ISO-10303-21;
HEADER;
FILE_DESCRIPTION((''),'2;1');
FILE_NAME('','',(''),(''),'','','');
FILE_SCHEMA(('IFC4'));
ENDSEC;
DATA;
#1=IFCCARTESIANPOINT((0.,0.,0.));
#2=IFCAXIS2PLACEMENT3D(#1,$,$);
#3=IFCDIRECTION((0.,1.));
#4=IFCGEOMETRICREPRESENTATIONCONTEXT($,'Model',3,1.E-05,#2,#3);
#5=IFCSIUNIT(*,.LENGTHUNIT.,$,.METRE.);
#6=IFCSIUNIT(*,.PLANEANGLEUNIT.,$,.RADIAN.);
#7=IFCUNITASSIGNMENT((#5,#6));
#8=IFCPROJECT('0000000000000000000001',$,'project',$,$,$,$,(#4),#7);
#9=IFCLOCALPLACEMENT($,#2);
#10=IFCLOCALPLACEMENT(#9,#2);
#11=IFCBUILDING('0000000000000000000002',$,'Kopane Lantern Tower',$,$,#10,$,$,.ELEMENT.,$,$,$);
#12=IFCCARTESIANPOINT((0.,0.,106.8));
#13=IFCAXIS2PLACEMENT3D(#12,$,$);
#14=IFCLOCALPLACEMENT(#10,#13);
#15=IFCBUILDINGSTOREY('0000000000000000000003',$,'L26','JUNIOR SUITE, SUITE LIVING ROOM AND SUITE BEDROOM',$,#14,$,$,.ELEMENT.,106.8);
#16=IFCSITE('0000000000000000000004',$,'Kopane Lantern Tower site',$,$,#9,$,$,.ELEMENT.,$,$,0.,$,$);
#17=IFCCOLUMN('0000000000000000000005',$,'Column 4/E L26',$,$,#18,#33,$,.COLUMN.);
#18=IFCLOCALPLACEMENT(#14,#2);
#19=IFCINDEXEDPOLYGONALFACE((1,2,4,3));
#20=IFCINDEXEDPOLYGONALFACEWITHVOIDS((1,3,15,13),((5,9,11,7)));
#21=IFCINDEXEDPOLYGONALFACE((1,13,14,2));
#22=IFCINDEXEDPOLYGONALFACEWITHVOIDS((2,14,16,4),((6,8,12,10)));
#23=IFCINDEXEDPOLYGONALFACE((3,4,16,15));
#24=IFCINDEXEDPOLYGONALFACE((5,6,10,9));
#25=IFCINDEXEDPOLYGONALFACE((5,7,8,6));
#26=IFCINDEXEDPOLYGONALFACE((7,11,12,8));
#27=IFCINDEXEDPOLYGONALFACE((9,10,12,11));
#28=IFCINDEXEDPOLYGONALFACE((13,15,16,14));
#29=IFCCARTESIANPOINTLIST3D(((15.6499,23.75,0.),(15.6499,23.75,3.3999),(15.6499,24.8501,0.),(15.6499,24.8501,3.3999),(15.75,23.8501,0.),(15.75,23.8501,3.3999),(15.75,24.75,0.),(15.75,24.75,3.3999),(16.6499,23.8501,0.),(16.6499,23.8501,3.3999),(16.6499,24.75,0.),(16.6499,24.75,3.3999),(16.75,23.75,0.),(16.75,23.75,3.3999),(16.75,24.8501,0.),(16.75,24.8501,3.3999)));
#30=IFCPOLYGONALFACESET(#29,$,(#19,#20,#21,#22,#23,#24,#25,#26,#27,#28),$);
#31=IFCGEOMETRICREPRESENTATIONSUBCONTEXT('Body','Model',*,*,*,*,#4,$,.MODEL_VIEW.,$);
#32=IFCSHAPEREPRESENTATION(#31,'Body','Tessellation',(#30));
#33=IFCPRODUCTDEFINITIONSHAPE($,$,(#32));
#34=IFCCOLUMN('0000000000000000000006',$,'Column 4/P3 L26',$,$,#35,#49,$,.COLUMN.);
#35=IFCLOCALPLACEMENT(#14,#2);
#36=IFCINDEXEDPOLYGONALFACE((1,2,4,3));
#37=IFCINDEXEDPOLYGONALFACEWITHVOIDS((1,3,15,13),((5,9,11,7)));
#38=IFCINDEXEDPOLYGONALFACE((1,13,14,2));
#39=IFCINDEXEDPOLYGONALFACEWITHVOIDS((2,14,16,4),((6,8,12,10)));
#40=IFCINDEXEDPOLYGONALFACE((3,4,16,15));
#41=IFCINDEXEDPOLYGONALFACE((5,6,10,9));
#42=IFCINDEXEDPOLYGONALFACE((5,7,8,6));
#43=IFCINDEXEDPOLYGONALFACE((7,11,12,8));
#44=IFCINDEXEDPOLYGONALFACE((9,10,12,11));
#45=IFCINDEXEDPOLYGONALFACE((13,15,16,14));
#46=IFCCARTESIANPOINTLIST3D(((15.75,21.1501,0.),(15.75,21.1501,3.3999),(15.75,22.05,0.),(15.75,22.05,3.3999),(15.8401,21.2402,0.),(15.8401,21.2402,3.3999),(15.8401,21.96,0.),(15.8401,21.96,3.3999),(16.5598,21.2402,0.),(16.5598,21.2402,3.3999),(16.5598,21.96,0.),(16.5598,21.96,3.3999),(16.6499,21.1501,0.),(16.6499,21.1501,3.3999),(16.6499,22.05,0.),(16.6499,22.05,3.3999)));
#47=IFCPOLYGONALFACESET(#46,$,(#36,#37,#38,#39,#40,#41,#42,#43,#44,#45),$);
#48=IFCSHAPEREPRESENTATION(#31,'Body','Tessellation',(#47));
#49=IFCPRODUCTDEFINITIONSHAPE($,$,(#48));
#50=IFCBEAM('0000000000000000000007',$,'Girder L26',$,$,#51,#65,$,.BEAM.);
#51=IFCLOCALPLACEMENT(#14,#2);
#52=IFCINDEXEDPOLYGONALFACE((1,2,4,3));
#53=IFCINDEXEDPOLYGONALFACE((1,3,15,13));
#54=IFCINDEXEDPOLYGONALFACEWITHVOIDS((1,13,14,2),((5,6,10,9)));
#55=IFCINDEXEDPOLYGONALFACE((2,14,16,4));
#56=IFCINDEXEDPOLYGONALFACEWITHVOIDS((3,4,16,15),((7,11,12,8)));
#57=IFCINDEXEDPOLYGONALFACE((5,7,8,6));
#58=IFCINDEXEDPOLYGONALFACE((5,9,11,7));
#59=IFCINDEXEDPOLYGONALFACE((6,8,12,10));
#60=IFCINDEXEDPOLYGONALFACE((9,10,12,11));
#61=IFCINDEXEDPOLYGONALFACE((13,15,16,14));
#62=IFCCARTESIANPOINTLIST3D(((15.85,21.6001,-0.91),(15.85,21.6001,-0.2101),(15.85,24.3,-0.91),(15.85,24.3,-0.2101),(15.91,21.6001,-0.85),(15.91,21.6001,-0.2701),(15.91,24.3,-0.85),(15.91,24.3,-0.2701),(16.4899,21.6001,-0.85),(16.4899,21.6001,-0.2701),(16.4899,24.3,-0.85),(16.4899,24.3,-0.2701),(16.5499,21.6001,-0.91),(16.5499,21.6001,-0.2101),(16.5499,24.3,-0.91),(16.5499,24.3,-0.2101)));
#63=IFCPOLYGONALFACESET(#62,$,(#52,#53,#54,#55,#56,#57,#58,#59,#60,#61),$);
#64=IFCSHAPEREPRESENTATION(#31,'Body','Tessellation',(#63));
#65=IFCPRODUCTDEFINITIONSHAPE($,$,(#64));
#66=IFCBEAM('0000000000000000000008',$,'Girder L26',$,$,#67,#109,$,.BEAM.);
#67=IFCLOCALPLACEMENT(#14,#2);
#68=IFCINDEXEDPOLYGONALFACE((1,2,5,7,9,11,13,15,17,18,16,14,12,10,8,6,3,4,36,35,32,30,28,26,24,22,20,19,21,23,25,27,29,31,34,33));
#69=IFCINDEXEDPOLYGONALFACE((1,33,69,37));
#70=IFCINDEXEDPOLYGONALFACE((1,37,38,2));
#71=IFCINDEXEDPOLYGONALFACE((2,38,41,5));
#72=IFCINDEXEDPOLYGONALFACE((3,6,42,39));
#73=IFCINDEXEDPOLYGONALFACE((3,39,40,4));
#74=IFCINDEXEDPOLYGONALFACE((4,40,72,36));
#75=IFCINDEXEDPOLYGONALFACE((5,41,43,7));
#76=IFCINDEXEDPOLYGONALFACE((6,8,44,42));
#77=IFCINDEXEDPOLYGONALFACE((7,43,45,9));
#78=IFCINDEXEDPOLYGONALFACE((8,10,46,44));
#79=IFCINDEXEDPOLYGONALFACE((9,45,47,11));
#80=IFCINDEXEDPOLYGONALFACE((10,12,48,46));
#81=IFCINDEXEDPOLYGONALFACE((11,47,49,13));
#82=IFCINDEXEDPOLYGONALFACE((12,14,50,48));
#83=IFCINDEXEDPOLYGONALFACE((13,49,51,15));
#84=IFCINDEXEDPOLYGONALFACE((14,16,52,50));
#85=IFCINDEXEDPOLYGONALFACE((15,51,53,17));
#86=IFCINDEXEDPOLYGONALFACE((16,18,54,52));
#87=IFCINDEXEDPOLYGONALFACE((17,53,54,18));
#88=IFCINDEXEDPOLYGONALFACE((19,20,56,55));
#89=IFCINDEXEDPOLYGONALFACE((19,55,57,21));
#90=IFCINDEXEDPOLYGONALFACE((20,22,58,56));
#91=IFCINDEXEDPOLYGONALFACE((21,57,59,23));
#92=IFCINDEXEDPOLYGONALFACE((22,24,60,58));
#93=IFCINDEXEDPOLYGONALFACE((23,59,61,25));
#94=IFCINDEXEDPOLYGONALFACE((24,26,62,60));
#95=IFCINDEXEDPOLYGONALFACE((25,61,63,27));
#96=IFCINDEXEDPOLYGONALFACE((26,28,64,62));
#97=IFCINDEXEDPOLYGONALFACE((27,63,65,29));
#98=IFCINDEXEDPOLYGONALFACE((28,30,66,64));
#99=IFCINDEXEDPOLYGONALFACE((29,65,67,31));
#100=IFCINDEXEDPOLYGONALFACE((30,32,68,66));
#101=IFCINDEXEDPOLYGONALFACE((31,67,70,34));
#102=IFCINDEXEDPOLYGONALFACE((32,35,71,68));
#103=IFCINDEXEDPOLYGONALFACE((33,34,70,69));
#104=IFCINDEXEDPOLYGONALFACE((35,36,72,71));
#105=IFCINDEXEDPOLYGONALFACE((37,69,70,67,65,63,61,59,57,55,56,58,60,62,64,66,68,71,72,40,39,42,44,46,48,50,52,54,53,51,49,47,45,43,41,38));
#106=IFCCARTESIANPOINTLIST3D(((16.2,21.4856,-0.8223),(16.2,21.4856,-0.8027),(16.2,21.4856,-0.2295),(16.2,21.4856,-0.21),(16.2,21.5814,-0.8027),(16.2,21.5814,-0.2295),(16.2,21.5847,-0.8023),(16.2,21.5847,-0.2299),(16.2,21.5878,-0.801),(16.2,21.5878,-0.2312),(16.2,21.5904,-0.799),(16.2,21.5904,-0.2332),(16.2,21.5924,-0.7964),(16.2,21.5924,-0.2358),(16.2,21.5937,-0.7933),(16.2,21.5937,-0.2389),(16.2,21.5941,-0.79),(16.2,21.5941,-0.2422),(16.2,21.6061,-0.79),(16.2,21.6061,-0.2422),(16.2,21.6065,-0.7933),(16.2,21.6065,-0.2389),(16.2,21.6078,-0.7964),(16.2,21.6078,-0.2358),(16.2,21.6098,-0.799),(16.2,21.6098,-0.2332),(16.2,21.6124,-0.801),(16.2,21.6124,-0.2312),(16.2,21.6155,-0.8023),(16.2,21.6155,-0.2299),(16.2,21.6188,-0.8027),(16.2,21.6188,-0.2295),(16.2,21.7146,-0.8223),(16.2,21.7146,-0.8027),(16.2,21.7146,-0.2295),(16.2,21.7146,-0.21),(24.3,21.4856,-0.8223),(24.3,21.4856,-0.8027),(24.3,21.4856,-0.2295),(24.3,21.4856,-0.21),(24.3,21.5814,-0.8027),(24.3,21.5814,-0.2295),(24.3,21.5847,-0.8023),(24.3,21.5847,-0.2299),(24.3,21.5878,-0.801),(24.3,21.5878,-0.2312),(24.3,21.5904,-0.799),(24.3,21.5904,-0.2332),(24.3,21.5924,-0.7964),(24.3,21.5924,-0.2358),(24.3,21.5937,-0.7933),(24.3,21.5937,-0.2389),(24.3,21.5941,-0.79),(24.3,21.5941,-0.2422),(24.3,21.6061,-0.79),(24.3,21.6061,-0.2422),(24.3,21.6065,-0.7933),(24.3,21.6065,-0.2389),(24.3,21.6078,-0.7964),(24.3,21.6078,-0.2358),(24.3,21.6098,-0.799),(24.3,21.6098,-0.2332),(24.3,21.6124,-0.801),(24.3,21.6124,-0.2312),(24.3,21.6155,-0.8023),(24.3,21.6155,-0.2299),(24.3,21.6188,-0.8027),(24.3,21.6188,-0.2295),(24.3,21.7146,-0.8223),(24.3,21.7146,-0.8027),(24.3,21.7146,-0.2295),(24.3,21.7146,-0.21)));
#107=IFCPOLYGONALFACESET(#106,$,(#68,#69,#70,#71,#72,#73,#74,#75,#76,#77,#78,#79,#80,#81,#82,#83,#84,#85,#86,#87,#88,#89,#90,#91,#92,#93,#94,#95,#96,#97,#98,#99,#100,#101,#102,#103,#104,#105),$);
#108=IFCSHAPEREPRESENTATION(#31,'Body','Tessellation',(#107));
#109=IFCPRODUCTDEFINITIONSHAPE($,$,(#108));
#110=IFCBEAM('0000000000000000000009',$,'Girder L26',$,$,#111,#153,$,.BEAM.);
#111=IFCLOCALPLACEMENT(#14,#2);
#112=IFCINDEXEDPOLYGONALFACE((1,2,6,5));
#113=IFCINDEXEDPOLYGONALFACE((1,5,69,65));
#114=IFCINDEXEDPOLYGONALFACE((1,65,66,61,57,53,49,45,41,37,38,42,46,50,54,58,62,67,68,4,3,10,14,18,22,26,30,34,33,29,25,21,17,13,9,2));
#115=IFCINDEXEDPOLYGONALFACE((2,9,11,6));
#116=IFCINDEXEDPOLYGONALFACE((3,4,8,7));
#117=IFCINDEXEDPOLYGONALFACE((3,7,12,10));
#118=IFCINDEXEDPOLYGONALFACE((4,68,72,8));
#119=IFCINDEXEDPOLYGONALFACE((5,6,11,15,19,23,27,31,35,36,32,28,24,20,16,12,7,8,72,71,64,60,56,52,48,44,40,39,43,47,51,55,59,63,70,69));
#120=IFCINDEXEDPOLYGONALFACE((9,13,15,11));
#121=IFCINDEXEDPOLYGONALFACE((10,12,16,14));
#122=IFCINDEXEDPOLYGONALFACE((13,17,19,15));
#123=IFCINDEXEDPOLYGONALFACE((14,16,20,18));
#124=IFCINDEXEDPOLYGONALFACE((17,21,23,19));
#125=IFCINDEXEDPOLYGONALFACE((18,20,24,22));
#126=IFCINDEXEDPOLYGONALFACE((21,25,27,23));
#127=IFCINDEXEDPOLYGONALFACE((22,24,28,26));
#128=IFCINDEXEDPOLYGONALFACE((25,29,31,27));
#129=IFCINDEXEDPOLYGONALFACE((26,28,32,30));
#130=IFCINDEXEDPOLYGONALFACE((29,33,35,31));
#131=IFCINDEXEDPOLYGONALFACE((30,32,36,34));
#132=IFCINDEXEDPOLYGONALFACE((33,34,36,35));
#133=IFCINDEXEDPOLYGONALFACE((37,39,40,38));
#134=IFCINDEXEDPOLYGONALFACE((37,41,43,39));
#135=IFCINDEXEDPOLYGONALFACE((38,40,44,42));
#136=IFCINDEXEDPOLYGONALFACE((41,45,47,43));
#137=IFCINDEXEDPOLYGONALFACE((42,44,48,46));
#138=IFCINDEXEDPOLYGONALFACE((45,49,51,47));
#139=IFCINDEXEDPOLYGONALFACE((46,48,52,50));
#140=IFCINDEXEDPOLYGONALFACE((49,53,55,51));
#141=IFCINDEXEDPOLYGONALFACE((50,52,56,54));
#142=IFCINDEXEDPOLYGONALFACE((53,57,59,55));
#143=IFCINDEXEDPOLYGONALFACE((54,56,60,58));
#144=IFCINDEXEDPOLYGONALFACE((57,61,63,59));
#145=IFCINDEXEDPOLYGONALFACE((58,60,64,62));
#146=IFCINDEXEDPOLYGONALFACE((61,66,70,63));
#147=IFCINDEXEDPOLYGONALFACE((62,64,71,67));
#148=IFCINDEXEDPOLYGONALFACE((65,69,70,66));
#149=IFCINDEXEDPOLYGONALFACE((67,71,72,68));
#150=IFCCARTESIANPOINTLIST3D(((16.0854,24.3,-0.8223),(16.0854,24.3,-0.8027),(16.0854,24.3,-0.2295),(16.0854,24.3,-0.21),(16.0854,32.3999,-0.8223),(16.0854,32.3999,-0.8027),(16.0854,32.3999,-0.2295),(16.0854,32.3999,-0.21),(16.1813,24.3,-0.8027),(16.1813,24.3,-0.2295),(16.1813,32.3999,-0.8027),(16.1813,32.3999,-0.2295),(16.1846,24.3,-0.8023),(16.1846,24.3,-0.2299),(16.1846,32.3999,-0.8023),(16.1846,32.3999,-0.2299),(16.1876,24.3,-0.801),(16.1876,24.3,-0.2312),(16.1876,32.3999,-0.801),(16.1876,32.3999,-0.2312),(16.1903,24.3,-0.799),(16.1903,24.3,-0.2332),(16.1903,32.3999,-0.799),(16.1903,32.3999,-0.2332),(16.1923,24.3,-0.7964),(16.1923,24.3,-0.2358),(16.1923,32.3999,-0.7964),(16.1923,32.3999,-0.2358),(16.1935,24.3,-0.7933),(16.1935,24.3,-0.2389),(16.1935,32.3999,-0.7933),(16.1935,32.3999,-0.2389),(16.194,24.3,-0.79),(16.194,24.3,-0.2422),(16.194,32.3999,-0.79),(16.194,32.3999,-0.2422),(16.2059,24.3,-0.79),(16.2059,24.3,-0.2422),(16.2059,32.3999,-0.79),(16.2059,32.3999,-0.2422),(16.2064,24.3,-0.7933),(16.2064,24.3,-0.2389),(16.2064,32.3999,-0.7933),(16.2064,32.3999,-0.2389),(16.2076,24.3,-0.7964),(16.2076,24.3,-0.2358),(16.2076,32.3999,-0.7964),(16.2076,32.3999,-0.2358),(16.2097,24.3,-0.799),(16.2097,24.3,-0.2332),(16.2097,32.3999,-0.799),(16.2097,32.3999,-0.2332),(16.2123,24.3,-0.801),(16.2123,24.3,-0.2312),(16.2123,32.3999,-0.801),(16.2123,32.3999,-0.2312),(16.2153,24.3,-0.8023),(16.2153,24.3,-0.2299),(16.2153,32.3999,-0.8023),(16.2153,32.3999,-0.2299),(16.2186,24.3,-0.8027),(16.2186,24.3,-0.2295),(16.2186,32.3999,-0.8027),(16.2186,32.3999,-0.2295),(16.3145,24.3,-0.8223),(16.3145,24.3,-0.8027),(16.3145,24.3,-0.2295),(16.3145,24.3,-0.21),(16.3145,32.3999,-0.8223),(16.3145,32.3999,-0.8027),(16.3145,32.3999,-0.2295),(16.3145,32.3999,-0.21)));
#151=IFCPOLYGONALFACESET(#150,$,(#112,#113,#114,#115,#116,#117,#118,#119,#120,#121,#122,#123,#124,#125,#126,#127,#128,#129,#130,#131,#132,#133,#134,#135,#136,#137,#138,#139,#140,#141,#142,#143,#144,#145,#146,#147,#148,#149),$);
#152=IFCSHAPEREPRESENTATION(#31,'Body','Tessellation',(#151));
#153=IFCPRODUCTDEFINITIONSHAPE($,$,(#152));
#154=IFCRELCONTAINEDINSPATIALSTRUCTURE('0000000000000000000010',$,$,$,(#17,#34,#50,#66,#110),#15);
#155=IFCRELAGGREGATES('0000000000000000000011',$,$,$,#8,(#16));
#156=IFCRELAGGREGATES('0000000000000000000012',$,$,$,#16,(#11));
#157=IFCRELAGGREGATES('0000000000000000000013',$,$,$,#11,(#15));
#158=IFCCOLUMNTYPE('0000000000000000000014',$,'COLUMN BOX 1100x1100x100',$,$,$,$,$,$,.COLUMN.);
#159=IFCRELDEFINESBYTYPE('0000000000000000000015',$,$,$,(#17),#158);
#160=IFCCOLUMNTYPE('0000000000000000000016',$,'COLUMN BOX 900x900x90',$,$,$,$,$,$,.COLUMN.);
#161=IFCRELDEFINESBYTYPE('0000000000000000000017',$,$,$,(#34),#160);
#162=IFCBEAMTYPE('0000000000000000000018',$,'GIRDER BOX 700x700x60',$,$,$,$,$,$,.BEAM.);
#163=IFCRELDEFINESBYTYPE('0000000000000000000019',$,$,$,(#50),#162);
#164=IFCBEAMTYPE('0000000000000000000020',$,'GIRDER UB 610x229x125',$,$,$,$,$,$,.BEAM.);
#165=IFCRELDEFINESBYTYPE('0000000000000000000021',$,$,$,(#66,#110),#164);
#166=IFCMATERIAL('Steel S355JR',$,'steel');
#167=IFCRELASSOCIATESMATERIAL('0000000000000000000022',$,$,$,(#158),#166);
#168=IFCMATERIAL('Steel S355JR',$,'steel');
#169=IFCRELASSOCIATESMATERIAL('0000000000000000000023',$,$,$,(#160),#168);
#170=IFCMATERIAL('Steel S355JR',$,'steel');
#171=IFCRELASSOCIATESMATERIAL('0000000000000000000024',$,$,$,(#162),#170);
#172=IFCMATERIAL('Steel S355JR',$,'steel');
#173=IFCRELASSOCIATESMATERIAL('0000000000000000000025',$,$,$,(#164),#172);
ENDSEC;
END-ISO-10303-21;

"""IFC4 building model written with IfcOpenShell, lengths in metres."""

from ifc_helpers import new_model, si_unit, direction, frame, origin, origin_2d, place, context, subcontext, project, spatial, hollow_rectangle, i_section, extrude, material, material_profile, profile_set, type_object, element, save


model = new_model("IFC4")

# Units and contexts
model_context = context("Model", 3, precision=1e-05, world=origin(), true_north=direction((0.0, 1.0)))
body_context = subcontext(model_context, "Body", "Model", "MODEL_VIEW")
ifc_project = project(units=[si_unit("LENGTHUNIT", "METRE"), si_unit("PLANEANGLEUNIT", "RADIAN")], contexts=[model_context])

# Site, building, storey
site_placement = place(None, origin())
site = spatial("IfcSite", under=ifc_project, at=site_placement, Name="Kopane Lantern Tower site", CompositionType="ELEMENT", RefElevation=0.0)
building_placement = place(site_placement, origin())
building = spatial("IfcBuilding", under=site, at=building_placement, Name="Kopane Lantern Tower", CompositionType="ELEMENT")
storey_placement = place(building_placement, frame((0.0, 0.0, 106.8)))
storey = spatial("IfcBuildingStorey", under=building, at=storey_placement, Name="L26", Description="JUNIOR SUITE, SUITE LIVING ROOM AND SUITE BEDROOM", CompositionType="ELEMENT", Elevation=106.8)

# Columns
ifc_material_1 = material(Name="Steel S355JR", Category="steel")
ifc_material_profile_1 = material_profile(ifc_material_1, hollow_rectangle(XDim=1.1001, YDim=1.1001, WallThickness=0.1001, at=origin_2d()), Name="BOX 1100x1100x100")
ifc_profile_set_1 = profile_set([ifc_material_profile_1], Name="Steel S355JR")
column_type_1 = type_object("IfcColumnType", Name="COLUMN BOX 1100x1100x100", PredefinedType="COLUMN", material=ifc_profile_set_1)
column_1_placement = place(storey_placement, frame((16.2, 24.3, 0.0), z_axis=(0.0, 0.0, 1.0), x_axis=(1.0, 0.0, 0.0)))
element("IfcColumn", 1, at=column_1_placement, inside=storey, type_object=column_type_1, Name="Column 4/E L26", PredefinedType="COLUMN", context=body_context, shape_type="SweptSolid", body=[
    extrude(hollow_rectangle(XDim=1.1001, YDim=1.1001, WallThickness=0.1001, at=origin_2d()), origin(), (0.0, 0.0, 1.0), 3.3999),
])
ifc_material_2 = material(Name="Steel S355JR", Category="steel")
ifc_material_profile_2 = material_profile(ifc_material_2, hollow_rectangle(XDim=0.8999, YDim=0.8999, WallThickness=0.0901, at=origin_2d()), Name="BOX 900x900x90")
ifc_profile_set_2 = profile_set([ifc_material_profile_2], Name="Steel S355JR")
column_type_2 = type_object("IfcColumnType", Name="COLUMN BOX 900x900x90", PredefinedType="COLUMN", material=ifc_profile_set_2)
column_2_placement = place(storey_placement, frame((16.2, 21.6001, 0.0), z_axis=(0.0, 0.0, 1.0), x_axis=(1.0, 0.0, 0.0)))
element("IfcColumn", 2, at=column_2_placement, inside=storey, type_object=column_type_2, Name="Column 4/P3 L26", PredefinedType="COLUMN", context=body_context, shape_type="SweptSolid", body=[
    extrude(hollow_rectangle(XDim=0.8999, YDim=0.8999, WallThickness=0.0901, at=origin_2d()), origin(), (0.0, 0.0, 1.0), 3.3999),
])

# Beams
ifc_material_3 = material(Name="Steel S355JR", Category="steel")
ifc_material_profile_3 = material_profile(ifc_material_3, hollow_rectangle(XDim=0.7, YDim=0.7, WallThickness=0.0601, at=origin_2d()), Name="BOX 700x700x60")
ifc_profile_set_3 = profile_set([ifc_material_profile_3], Name="Steel S355JR")
beam_type_1 = type_object("IfcBeamType", Name="GIRDER BOX 700x700x60", PredefinedType="BEAM", material=ifc_profile_set_3)
beam_1_placement = place(storey_placement, frame((16.2, 21.6001, -0.5601), z_axis=(0.0, 1.0, 0.0), x_axis=(-1.0, 0.0, 0.0)))
element("IfcBeam", 3, at=beam_1_placement, inside=storey, type_object=beam_type_1, Name="Girder L26", PredefinedType="BEAM", context=body_context, shape_type="SweptSolid", body=[
    extrude(hollow_rectangle(XDim=0.7, YDim=0.7, WallThickness=0.0601, at=origin_2d()), origin(), (0.0, 0.0, 1.0), 2.7),
])
ifc_material_4 = material(Name="Steel S355JR", Category="steel")
ifc_material_profile_4 = material_profile(ifc_material_4, i_section(OverallWidth=0.229, OverallDepth=0.6123, WebThickness=0.012, FlangeThickness=0.0195, FilletRadius=0.0127, at=origin_2d()), Name="UB 610x229x125")
ifc_profile_set_4 = profile_set([ifc_material_profile_4], Name="Steel S355JR")
beam_type_2 = type_object("IfcBeamType", Name="GIRDER UB 610x229x125", PredefinedType="BEAM", material=ifc_profile_set_4)
beam_2_placement = place(storey_placement, frame((16.2, 21.6001, -0.5161), z_axis=(1.0, 0.0, 0.0), x_axis=(0.0, 1.0, 0.0)))
element("IfcBeam", 4, at=beam_2_placement, inside=storey, type_object=beam_type_2, Name="Girder L26", PredefinedType="BEAM", context=body_context, shape_type="SweptSolid", body=[
    extrude(i_section(OverallWidth=0.229, OverallDepth=0.6123, WebThickness=0.012, FlangeThickness=0.0195, FilletRadius=0.0127, at=origin_2d()), origin(), (0.0, 0.0, 1.0), 8.1001),
])
beam_3_placement = place(storey_placement, frame((16.2, 24.3, -0.5161), z_axis=(0.0, 1.0, 0.0), x_axis=(-1.0, 0.0, 0.0)))
element("IfcBeam", 5, at=beam_3_placement, inside=storey, type_object=beam_type_2, Name="Girder L26", PredefinedType="BEAM", context=body_context, shape_type="SweptSolid", body=[
    extrude(i_section(OverallWidth=0.229, OverallDepth=0.6123, WebThickness=0.012, FlangeThickness=0.0195, FilletRadius=0.0127, at=origin_2d()), origin(), (0.0, 0.0, 1.0), 8.0999),
])

save(model, "model.ifc")
